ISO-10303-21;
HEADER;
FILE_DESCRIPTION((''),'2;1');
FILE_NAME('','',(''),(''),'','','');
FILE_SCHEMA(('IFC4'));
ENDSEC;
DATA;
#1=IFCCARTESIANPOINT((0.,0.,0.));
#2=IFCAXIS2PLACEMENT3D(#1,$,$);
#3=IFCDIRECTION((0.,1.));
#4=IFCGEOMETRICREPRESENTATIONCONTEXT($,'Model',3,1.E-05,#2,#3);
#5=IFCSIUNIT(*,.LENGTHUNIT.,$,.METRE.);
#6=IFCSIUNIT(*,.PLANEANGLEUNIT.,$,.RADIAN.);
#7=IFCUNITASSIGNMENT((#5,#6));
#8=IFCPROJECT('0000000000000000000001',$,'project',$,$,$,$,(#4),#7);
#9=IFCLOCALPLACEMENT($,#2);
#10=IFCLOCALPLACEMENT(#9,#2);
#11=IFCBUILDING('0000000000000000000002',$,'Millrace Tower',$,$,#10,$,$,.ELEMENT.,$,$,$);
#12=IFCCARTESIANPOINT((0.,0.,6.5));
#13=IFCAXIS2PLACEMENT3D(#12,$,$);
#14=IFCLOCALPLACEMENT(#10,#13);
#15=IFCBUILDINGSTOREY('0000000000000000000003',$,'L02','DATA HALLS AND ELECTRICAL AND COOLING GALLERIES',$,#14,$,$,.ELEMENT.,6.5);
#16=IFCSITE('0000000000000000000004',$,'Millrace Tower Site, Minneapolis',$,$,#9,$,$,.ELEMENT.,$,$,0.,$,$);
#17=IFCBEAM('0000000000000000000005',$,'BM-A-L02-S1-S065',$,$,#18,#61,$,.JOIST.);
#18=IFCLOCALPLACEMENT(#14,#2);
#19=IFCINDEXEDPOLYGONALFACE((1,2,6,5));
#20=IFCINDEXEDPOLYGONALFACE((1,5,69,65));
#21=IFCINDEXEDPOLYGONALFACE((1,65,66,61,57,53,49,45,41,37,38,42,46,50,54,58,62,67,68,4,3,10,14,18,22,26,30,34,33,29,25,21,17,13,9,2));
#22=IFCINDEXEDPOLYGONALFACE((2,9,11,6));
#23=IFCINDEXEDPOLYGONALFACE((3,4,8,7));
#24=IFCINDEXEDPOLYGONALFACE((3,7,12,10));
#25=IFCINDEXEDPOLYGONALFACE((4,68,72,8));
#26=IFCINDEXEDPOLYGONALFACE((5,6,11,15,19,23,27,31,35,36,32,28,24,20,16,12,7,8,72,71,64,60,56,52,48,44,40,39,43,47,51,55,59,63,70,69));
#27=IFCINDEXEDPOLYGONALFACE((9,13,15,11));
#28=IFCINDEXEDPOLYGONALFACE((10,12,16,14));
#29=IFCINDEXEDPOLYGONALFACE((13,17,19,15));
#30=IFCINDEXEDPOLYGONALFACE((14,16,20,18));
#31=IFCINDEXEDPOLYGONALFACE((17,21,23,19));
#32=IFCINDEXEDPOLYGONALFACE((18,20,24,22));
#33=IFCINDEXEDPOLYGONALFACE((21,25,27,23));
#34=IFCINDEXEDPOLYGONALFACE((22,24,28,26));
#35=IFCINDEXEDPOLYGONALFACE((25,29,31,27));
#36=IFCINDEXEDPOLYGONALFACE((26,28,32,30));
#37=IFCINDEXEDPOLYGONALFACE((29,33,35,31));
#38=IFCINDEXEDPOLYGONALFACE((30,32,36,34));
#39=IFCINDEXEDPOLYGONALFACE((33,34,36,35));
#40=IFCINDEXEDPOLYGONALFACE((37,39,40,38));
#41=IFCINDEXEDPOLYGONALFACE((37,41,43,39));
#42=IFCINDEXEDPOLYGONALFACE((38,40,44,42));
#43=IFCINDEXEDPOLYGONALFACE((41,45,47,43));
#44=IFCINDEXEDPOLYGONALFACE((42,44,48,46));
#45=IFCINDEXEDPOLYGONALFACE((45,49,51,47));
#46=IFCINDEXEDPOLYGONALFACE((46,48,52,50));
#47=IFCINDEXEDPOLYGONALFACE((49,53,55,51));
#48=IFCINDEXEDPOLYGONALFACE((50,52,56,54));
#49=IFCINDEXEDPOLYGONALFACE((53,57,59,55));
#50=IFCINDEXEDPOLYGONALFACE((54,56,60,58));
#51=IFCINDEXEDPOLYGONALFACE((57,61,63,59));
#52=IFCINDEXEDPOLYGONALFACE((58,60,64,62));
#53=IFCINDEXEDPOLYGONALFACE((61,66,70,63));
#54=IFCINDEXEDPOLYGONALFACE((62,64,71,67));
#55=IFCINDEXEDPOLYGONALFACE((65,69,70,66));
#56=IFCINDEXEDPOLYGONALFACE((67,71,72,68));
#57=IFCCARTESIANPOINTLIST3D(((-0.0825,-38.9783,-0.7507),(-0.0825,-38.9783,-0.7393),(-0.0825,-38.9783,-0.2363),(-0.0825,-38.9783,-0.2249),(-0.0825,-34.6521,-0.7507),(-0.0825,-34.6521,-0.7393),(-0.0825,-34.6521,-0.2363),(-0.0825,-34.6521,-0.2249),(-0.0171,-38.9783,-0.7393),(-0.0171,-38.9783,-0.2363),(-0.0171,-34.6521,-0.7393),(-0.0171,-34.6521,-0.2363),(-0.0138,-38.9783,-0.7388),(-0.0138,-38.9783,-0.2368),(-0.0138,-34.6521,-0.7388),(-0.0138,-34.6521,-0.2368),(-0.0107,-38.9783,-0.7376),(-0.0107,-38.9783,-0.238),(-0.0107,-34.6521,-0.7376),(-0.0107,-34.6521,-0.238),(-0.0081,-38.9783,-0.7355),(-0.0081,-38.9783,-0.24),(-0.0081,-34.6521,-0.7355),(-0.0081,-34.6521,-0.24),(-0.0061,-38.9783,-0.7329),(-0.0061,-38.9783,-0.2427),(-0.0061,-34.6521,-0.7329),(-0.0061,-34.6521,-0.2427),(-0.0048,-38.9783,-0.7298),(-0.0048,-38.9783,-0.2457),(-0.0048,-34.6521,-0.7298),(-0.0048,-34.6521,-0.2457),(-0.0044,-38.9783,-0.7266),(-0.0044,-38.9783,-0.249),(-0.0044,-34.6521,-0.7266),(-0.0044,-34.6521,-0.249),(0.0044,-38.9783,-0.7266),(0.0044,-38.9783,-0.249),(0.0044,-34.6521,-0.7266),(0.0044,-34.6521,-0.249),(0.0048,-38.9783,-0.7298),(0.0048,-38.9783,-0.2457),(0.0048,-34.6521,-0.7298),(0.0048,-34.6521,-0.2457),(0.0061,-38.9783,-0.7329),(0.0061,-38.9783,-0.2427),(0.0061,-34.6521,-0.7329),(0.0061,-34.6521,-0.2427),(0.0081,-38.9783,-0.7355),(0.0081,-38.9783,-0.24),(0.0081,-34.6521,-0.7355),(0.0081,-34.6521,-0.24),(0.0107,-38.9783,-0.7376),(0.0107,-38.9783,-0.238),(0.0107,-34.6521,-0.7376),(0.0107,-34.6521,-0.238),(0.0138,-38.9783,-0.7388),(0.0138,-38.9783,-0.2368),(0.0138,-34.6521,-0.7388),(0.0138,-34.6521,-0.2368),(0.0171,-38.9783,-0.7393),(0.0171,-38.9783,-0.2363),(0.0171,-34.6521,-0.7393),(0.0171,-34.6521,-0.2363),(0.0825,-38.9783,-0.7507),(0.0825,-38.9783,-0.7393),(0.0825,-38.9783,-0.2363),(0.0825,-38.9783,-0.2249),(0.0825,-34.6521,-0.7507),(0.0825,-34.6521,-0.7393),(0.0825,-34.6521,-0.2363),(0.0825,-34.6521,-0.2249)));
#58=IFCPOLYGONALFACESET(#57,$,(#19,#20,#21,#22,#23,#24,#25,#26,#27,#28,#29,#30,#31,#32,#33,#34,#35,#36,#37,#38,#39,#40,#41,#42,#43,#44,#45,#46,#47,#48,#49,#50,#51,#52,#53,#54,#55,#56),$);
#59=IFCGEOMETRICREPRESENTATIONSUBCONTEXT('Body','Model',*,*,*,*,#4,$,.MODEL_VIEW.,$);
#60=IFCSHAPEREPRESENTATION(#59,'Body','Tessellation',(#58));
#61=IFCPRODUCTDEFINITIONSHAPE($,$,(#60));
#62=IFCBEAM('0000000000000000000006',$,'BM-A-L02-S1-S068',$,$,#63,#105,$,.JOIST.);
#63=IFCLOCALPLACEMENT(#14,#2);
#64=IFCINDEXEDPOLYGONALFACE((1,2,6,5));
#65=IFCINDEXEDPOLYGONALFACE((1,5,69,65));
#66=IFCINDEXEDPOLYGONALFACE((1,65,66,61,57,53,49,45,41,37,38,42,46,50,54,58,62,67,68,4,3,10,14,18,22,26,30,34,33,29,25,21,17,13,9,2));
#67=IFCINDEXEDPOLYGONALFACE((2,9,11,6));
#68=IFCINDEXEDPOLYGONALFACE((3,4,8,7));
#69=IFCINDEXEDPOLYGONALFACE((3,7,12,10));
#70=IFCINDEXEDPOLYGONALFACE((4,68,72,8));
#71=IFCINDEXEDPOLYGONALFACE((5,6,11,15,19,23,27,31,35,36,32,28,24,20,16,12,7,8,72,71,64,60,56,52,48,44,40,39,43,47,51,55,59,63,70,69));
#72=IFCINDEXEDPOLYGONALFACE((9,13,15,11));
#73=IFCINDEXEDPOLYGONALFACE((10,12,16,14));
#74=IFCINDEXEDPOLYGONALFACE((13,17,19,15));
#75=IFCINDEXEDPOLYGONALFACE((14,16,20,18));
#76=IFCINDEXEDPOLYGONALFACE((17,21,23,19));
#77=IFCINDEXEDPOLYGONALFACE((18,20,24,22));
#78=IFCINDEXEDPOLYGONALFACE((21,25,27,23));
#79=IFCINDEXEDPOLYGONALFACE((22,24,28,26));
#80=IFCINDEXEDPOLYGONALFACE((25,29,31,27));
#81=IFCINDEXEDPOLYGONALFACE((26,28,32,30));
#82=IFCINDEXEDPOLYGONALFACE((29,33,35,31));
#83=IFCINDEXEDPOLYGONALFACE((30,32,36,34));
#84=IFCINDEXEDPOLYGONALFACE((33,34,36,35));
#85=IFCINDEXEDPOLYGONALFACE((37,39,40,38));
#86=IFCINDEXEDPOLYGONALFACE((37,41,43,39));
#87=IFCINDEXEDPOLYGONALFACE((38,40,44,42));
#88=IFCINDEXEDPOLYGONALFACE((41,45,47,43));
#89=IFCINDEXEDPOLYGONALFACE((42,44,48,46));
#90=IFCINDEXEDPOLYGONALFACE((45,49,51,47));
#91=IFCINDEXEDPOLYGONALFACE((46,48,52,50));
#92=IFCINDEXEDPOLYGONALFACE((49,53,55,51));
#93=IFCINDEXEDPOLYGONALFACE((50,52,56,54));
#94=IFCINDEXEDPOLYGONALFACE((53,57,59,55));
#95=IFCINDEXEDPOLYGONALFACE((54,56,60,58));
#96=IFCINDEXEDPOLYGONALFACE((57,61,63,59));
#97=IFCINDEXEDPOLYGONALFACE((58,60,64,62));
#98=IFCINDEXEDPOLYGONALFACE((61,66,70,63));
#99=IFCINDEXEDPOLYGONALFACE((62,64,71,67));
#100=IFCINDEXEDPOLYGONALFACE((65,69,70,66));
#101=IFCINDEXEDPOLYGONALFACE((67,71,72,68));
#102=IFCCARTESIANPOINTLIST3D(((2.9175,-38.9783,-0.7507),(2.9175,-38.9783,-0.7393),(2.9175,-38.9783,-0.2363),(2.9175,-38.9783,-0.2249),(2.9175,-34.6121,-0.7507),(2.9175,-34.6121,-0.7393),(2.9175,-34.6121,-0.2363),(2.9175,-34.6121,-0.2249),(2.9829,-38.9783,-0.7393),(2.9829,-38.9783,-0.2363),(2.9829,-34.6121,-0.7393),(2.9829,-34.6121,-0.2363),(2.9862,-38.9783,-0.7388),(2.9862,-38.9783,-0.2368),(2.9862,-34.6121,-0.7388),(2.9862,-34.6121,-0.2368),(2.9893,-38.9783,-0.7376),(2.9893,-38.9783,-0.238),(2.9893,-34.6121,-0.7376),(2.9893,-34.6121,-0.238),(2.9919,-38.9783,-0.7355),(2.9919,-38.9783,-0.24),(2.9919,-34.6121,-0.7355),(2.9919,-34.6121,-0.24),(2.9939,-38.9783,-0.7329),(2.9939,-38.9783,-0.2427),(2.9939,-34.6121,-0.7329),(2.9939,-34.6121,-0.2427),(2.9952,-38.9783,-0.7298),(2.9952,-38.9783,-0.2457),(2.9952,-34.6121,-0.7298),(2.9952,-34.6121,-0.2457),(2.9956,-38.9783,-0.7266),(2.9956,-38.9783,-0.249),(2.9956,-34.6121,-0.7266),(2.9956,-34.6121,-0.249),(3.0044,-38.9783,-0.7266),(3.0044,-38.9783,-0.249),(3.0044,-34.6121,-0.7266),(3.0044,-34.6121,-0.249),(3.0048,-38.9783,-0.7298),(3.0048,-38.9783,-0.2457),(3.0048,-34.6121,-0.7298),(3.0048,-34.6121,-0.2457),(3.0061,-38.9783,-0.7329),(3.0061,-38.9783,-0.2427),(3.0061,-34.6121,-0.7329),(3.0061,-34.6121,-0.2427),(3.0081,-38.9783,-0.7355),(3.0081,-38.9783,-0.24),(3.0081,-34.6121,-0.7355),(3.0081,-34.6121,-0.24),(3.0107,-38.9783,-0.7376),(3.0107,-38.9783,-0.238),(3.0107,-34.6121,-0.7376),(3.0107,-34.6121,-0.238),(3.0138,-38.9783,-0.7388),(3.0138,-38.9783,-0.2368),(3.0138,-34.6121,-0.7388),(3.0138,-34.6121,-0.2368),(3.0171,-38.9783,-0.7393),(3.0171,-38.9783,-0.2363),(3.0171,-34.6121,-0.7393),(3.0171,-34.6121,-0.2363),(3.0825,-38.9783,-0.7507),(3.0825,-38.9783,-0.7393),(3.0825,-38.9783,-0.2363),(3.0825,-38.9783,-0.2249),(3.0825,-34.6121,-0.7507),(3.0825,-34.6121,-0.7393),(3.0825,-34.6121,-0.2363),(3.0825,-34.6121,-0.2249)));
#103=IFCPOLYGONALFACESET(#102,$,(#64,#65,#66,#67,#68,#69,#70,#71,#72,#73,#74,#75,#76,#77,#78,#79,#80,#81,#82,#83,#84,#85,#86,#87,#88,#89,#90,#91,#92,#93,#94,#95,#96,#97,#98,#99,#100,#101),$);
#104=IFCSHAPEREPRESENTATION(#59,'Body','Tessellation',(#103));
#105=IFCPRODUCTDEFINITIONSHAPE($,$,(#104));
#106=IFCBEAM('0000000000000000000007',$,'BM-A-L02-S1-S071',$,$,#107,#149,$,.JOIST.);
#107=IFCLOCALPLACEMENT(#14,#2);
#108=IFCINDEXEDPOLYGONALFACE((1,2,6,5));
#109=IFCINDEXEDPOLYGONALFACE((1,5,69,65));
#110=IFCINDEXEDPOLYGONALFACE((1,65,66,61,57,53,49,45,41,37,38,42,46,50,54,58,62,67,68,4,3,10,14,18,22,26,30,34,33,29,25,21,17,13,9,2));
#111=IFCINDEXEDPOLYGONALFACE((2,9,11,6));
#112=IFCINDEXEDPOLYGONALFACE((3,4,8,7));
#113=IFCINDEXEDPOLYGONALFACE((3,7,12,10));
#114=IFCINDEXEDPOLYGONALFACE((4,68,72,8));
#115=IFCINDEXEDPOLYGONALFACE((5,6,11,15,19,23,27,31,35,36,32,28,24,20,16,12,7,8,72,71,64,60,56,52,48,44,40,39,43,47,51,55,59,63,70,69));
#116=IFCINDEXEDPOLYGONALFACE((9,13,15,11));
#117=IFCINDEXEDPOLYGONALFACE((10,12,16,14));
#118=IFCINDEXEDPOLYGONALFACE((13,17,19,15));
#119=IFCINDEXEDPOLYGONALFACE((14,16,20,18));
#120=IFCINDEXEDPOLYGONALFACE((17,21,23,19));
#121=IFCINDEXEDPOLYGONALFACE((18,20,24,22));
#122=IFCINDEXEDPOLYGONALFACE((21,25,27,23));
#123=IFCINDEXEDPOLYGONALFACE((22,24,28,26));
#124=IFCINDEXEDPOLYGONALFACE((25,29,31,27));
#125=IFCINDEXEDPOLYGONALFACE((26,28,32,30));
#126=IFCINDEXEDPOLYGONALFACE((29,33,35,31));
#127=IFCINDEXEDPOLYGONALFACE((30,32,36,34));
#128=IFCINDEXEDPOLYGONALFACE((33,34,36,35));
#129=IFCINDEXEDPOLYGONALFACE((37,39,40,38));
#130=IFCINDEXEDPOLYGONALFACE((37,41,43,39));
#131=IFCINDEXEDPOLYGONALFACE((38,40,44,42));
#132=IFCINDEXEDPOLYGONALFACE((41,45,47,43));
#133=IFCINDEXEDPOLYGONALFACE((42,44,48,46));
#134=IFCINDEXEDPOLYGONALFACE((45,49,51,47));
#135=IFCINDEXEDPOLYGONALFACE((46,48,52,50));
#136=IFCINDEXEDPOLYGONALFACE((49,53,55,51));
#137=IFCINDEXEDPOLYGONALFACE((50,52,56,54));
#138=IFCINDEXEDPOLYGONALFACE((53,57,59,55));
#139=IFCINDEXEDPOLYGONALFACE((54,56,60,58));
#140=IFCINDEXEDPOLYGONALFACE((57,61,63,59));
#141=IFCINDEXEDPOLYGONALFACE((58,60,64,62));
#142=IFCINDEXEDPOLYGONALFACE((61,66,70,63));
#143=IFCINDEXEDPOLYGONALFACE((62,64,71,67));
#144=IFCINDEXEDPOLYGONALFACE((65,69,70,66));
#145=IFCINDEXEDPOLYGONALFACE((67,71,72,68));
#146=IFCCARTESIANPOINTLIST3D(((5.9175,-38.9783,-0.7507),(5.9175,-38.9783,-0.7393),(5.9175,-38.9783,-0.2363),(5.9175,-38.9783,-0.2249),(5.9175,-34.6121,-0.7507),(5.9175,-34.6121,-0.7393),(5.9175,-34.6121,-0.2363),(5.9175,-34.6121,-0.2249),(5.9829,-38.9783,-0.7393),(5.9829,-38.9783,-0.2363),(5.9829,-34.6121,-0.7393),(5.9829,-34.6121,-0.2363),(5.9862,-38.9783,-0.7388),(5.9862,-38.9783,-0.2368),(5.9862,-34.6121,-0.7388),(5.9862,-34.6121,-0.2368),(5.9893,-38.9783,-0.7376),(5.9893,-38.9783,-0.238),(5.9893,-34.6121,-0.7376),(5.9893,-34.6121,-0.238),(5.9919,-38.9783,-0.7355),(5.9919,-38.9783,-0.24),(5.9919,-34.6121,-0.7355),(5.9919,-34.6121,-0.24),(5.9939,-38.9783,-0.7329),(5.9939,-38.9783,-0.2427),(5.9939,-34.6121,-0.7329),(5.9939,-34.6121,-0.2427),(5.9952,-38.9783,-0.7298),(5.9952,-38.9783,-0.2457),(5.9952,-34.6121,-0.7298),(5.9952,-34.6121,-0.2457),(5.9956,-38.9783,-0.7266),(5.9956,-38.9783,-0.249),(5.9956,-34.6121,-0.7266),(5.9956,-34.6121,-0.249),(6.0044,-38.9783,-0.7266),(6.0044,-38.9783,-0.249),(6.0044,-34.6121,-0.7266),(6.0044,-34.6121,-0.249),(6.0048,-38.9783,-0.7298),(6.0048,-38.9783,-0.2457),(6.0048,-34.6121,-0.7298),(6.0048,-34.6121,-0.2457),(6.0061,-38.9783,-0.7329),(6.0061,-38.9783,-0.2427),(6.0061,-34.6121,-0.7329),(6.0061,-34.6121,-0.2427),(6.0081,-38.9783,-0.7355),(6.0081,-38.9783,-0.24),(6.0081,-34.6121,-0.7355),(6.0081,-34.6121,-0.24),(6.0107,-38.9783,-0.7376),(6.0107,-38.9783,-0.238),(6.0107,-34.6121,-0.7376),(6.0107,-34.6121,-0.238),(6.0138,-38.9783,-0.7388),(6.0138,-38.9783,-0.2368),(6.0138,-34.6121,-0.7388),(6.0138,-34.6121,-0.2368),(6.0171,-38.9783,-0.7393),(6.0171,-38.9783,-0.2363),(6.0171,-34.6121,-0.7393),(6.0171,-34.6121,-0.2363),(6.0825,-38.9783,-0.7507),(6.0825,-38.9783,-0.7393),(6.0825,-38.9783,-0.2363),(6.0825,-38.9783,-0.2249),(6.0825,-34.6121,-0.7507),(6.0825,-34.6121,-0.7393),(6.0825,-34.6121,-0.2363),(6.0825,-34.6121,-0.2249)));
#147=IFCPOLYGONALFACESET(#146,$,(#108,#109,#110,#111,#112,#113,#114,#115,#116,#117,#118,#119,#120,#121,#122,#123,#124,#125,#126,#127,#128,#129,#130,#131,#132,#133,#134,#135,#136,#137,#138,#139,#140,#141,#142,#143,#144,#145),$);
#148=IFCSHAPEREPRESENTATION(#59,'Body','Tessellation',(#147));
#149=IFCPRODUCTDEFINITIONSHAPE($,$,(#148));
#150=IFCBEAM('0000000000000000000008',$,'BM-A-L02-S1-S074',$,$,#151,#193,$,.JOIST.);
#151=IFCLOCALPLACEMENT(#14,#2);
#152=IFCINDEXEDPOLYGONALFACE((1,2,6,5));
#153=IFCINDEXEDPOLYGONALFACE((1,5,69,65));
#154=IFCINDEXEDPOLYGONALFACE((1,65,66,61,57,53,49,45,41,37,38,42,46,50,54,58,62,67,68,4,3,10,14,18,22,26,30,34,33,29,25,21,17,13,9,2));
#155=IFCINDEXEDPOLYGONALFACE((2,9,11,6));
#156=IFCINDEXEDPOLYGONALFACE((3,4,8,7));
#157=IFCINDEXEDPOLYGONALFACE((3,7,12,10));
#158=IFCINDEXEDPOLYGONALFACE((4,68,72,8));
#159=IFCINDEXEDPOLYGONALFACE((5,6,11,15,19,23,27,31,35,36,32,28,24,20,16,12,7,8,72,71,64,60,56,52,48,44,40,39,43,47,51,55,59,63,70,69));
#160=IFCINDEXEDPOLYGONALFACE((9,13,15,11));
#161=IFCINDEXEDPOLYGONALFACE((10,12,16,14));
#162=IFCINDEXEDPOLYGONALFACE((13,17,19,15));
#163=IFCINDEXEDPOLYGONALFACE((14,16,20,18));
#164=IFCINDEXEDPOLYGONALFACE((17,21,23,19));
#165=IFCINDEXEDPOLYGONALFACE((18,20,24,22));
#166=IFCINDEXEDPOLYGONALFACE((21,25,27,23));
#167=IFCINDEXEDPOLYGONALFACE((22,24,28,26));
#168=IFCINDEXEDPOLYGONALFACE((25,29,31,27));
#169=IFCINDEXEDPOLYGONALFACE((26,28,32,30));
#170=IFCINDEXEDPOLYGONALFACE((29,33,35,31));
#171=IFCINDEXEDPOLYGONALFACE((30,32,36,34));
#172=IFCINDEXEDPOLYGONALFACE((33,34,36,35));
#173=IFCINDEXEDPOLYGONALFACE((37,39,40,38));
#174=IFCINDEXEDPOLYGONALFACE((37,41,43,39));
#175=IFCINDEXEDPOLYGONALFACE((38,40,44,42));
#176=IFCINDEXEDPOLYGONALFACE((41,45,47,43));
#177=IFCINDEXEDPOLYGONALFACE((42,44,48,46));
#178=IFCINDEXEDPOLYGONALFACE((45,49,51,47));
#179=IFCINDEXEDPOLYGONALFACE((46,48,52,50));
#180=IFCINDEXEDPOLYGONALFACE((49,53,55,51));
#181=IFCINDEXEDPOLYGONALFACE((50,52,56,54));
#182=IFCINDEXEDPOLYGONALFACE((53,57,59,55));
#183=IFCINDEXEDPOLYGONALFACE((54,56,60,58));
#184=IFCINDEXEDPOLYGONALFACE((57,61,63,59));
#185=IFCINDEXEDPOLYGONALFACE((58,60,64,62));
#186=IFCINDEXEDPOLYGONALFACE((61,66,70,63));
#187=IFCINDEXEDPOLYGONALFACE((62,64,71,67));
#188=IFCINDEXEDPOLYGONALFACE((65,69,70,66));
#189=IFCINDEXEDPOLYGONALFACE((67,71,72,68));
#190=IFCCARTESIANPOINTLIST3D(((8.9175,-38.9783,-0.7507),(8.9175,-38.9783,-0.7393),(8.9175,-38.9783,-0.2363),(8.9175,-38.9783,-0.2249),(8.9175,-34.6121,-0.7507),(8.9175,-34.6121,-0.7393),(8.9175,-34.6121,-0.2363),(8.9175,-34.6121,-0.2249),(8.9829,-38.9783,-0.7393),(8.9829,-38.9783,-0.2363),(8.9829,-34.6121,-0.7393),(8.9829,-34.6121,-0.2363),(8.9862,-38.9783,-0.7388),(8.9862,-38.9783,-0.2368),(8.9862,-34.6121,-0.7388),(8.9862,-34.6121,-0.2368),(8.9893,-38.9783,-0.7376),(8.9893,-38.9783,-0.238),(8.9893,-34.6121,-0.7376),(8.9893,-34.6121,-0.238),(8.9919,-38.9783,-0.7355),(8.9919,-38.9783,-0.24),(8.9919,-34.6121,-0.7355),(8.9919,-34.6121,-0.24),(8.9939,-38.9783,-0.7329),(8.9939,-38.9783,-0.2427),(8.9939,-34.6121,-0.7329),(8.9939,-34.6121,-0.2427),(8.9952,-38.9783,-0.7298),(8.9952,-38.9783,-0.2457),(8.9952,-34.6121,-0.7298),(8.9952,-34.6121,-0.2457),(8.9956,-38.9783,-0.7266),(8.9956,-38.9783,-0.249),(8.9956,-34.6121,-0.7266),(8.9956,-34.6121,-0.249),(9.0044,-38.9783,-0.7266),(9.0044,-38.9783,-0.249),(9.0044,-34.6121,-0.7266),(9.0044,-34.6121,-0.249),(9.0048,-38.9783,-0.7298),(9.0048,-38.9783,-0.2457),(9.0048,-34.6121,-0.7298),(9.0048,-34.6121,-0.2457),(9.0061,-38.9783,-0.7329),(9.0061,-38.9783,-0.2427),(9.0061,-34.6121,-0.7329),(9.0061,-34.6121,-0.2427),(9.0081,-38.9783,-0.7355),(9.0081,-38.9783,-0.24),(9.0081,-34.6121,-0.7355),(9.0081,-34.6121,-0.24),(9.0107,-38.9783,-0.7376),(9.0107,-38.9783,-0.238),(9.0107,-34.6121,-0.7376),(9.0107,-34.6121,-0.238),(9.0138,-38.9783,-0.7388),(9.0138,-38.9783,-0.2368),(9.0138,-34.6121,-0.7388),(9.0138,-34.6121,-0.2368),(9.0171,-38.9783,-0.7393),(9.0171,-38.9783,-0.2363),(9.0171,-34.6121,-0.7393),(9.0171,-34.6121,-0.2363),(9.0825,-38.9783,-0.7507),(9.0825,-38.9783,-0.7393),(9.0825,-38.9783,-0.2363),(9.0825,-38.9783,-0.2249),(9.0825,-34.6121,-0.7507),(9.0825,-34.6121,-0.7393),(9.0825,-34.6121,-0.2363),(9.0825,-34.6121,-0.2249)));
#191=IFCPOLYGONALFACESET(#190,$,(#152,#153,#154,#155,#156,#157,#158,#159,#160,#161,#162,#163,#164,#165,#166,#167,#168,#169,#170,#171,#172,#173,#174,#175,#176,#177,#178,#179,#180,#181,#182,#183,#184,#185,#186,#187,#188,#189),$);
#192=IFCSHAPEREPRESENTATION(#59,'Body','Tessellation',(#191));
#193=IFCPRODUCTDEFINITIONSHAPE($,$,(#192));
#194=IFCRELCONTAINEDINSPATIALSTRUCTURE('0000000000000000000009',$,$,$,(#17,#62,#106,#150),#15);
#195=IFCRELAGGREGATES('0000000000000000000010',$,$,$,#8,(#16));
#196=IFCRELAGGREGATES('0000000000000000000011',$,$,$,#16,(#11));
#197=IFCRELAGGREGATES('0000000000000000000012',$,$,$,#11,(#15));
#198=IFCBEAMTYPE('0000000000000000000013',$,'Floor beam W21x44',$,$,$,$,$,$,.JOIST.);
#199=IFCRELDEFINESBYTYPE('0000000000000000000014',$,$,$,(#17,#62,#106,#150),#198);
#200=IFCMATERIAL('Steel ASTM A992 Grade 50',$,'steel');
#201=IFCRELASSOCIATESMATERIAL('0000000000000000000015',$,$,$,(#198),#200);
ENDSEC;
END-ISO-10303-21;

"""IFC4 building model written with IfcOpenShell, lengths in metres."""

from ifc_helpers import new_model, si_unit, direction, frame, origin, origin_2d, place, context, subcontext, project, spatial, i_section, extrude, material, material_profile, profile_set, type_object, element, save


model = new_model("IFC4")

# Units and contexts
model_context = context("Model", 3, precision=1e-05, world=origin(), true_north=direction((0.0, 1.0)))
body_context = subcontext(model_context, "Body", "Model", "MODEL_VIEW")
ifc_project = project(units=[si_unit("LENGTHUNIT", "METRE"), si_unit("PLANEANGLEUNIT", "RADIAN")], contexts=[model_context])

# Site, building, storey
site_placement = place(None, origin())
site = spatial("IfcSite", under=ifc_project, at=site_placement, Name="Millrace Tower Site, Minneapolis", CompositionType="ELEMENT", RefElevation=0.0)
building_placement = place(site_placement, origin())
building = spatial("IfcBuilding", under=site, at=building_placement, Name="Millrace Tower", CompositionType="ELEMENT")
storey_placement = place(building_placement, frame((0.0, 0.0, 6.5)))
storey = spatial("IfcBuildingStorey", under=building, at=storey_placement, Name="L02", Description="DATA HALLS AND ELECTRICAL AND COOLING GALLERIES", CompositionType="ELEMENT", Elevation=6.5)

# Beams
ifc_material_1 = material(Name="Steel ASTM A992 Grade 50", Category="steel")
ifc_material_profile_1 = material_profile(ifc_material_1, i_section(OverallWidth=0.165, OverallDepth=0.5259, WebThickness=0.0088, FlangeThickness=0.0115, FilletRadius=0.0127, at=origin_2d()))
ifc_profile_set_1 = profile_set([ifc_material_profile_1], Name="Steel ASTM A992 Grade 50")
beam_type_1 = type_object("IfcBeamType", Name="Floor beam W21x44", PredefinedType="JOIST", material=ifc_profile_set_1)
beam_1_placement = place(storey_placement, frame((0.0, -38.9783, -0.4878), z_axis=(0.0, 1.0, 0.0), x_axis=(-1.0, 0.0, 0.0)))
element("IfcBeam", 1, at=beam_1_placement, inside=storey, type_object=beam_type_1, Name="BM-A-L02-S1-S065", PredefinedType="JOIST", context=body_context, shape_type="SweptSolid", body=[
    extrude(i_section(OverallWidth=0.165, OverallDepth=0.5259, WebThickness=0.0088, FlangeThickness=0.0115, FilletRadius=0.0127, at=origin_2d()), origin(), (0.0, 0.0, 1.0), 4.3262),
])
for number, where, z_axis, x_axis, name in (
    (2, (3.0, -38.9783, -0.4878), (0.0, 1.0, 0.0), (-1.0, 0.0, 0.0), "BM-A-L02-S1-S068"),
    (3, (6.0, -38.9783, -0.4878), (0.0, 1.0, 0.0), (-1.0, 0.0, 0.0), "BM-A-L02-S1-S071"),
    (4, (9.0, -38.9783, -0.4878), (0.0, 1.0, 0.0), (-1.0, 0.0, 0.0), "BM-A-L02-S1-S074"),
):
    element("IfcBeam", number, at=place(storey_placement, frame(where, z_axis=z_axis, x_axis=x_axis)), inside=storey, type_object=beam_type_1, Name=name, PredefinedType="JOIST", context=body_context, shape_type="SweptSolid", body=[
        extrude(i_section(OverallWidth=0.165, OverallDepth=0.5259, WebThickness=0.0088, FlangeThickness=0.0115, FilletRadius=0.0127, at=origin_2d()), origin(), (0.0, 0.0, 1.0), 4.3662),
    ])

save(model, "model.ifc")
